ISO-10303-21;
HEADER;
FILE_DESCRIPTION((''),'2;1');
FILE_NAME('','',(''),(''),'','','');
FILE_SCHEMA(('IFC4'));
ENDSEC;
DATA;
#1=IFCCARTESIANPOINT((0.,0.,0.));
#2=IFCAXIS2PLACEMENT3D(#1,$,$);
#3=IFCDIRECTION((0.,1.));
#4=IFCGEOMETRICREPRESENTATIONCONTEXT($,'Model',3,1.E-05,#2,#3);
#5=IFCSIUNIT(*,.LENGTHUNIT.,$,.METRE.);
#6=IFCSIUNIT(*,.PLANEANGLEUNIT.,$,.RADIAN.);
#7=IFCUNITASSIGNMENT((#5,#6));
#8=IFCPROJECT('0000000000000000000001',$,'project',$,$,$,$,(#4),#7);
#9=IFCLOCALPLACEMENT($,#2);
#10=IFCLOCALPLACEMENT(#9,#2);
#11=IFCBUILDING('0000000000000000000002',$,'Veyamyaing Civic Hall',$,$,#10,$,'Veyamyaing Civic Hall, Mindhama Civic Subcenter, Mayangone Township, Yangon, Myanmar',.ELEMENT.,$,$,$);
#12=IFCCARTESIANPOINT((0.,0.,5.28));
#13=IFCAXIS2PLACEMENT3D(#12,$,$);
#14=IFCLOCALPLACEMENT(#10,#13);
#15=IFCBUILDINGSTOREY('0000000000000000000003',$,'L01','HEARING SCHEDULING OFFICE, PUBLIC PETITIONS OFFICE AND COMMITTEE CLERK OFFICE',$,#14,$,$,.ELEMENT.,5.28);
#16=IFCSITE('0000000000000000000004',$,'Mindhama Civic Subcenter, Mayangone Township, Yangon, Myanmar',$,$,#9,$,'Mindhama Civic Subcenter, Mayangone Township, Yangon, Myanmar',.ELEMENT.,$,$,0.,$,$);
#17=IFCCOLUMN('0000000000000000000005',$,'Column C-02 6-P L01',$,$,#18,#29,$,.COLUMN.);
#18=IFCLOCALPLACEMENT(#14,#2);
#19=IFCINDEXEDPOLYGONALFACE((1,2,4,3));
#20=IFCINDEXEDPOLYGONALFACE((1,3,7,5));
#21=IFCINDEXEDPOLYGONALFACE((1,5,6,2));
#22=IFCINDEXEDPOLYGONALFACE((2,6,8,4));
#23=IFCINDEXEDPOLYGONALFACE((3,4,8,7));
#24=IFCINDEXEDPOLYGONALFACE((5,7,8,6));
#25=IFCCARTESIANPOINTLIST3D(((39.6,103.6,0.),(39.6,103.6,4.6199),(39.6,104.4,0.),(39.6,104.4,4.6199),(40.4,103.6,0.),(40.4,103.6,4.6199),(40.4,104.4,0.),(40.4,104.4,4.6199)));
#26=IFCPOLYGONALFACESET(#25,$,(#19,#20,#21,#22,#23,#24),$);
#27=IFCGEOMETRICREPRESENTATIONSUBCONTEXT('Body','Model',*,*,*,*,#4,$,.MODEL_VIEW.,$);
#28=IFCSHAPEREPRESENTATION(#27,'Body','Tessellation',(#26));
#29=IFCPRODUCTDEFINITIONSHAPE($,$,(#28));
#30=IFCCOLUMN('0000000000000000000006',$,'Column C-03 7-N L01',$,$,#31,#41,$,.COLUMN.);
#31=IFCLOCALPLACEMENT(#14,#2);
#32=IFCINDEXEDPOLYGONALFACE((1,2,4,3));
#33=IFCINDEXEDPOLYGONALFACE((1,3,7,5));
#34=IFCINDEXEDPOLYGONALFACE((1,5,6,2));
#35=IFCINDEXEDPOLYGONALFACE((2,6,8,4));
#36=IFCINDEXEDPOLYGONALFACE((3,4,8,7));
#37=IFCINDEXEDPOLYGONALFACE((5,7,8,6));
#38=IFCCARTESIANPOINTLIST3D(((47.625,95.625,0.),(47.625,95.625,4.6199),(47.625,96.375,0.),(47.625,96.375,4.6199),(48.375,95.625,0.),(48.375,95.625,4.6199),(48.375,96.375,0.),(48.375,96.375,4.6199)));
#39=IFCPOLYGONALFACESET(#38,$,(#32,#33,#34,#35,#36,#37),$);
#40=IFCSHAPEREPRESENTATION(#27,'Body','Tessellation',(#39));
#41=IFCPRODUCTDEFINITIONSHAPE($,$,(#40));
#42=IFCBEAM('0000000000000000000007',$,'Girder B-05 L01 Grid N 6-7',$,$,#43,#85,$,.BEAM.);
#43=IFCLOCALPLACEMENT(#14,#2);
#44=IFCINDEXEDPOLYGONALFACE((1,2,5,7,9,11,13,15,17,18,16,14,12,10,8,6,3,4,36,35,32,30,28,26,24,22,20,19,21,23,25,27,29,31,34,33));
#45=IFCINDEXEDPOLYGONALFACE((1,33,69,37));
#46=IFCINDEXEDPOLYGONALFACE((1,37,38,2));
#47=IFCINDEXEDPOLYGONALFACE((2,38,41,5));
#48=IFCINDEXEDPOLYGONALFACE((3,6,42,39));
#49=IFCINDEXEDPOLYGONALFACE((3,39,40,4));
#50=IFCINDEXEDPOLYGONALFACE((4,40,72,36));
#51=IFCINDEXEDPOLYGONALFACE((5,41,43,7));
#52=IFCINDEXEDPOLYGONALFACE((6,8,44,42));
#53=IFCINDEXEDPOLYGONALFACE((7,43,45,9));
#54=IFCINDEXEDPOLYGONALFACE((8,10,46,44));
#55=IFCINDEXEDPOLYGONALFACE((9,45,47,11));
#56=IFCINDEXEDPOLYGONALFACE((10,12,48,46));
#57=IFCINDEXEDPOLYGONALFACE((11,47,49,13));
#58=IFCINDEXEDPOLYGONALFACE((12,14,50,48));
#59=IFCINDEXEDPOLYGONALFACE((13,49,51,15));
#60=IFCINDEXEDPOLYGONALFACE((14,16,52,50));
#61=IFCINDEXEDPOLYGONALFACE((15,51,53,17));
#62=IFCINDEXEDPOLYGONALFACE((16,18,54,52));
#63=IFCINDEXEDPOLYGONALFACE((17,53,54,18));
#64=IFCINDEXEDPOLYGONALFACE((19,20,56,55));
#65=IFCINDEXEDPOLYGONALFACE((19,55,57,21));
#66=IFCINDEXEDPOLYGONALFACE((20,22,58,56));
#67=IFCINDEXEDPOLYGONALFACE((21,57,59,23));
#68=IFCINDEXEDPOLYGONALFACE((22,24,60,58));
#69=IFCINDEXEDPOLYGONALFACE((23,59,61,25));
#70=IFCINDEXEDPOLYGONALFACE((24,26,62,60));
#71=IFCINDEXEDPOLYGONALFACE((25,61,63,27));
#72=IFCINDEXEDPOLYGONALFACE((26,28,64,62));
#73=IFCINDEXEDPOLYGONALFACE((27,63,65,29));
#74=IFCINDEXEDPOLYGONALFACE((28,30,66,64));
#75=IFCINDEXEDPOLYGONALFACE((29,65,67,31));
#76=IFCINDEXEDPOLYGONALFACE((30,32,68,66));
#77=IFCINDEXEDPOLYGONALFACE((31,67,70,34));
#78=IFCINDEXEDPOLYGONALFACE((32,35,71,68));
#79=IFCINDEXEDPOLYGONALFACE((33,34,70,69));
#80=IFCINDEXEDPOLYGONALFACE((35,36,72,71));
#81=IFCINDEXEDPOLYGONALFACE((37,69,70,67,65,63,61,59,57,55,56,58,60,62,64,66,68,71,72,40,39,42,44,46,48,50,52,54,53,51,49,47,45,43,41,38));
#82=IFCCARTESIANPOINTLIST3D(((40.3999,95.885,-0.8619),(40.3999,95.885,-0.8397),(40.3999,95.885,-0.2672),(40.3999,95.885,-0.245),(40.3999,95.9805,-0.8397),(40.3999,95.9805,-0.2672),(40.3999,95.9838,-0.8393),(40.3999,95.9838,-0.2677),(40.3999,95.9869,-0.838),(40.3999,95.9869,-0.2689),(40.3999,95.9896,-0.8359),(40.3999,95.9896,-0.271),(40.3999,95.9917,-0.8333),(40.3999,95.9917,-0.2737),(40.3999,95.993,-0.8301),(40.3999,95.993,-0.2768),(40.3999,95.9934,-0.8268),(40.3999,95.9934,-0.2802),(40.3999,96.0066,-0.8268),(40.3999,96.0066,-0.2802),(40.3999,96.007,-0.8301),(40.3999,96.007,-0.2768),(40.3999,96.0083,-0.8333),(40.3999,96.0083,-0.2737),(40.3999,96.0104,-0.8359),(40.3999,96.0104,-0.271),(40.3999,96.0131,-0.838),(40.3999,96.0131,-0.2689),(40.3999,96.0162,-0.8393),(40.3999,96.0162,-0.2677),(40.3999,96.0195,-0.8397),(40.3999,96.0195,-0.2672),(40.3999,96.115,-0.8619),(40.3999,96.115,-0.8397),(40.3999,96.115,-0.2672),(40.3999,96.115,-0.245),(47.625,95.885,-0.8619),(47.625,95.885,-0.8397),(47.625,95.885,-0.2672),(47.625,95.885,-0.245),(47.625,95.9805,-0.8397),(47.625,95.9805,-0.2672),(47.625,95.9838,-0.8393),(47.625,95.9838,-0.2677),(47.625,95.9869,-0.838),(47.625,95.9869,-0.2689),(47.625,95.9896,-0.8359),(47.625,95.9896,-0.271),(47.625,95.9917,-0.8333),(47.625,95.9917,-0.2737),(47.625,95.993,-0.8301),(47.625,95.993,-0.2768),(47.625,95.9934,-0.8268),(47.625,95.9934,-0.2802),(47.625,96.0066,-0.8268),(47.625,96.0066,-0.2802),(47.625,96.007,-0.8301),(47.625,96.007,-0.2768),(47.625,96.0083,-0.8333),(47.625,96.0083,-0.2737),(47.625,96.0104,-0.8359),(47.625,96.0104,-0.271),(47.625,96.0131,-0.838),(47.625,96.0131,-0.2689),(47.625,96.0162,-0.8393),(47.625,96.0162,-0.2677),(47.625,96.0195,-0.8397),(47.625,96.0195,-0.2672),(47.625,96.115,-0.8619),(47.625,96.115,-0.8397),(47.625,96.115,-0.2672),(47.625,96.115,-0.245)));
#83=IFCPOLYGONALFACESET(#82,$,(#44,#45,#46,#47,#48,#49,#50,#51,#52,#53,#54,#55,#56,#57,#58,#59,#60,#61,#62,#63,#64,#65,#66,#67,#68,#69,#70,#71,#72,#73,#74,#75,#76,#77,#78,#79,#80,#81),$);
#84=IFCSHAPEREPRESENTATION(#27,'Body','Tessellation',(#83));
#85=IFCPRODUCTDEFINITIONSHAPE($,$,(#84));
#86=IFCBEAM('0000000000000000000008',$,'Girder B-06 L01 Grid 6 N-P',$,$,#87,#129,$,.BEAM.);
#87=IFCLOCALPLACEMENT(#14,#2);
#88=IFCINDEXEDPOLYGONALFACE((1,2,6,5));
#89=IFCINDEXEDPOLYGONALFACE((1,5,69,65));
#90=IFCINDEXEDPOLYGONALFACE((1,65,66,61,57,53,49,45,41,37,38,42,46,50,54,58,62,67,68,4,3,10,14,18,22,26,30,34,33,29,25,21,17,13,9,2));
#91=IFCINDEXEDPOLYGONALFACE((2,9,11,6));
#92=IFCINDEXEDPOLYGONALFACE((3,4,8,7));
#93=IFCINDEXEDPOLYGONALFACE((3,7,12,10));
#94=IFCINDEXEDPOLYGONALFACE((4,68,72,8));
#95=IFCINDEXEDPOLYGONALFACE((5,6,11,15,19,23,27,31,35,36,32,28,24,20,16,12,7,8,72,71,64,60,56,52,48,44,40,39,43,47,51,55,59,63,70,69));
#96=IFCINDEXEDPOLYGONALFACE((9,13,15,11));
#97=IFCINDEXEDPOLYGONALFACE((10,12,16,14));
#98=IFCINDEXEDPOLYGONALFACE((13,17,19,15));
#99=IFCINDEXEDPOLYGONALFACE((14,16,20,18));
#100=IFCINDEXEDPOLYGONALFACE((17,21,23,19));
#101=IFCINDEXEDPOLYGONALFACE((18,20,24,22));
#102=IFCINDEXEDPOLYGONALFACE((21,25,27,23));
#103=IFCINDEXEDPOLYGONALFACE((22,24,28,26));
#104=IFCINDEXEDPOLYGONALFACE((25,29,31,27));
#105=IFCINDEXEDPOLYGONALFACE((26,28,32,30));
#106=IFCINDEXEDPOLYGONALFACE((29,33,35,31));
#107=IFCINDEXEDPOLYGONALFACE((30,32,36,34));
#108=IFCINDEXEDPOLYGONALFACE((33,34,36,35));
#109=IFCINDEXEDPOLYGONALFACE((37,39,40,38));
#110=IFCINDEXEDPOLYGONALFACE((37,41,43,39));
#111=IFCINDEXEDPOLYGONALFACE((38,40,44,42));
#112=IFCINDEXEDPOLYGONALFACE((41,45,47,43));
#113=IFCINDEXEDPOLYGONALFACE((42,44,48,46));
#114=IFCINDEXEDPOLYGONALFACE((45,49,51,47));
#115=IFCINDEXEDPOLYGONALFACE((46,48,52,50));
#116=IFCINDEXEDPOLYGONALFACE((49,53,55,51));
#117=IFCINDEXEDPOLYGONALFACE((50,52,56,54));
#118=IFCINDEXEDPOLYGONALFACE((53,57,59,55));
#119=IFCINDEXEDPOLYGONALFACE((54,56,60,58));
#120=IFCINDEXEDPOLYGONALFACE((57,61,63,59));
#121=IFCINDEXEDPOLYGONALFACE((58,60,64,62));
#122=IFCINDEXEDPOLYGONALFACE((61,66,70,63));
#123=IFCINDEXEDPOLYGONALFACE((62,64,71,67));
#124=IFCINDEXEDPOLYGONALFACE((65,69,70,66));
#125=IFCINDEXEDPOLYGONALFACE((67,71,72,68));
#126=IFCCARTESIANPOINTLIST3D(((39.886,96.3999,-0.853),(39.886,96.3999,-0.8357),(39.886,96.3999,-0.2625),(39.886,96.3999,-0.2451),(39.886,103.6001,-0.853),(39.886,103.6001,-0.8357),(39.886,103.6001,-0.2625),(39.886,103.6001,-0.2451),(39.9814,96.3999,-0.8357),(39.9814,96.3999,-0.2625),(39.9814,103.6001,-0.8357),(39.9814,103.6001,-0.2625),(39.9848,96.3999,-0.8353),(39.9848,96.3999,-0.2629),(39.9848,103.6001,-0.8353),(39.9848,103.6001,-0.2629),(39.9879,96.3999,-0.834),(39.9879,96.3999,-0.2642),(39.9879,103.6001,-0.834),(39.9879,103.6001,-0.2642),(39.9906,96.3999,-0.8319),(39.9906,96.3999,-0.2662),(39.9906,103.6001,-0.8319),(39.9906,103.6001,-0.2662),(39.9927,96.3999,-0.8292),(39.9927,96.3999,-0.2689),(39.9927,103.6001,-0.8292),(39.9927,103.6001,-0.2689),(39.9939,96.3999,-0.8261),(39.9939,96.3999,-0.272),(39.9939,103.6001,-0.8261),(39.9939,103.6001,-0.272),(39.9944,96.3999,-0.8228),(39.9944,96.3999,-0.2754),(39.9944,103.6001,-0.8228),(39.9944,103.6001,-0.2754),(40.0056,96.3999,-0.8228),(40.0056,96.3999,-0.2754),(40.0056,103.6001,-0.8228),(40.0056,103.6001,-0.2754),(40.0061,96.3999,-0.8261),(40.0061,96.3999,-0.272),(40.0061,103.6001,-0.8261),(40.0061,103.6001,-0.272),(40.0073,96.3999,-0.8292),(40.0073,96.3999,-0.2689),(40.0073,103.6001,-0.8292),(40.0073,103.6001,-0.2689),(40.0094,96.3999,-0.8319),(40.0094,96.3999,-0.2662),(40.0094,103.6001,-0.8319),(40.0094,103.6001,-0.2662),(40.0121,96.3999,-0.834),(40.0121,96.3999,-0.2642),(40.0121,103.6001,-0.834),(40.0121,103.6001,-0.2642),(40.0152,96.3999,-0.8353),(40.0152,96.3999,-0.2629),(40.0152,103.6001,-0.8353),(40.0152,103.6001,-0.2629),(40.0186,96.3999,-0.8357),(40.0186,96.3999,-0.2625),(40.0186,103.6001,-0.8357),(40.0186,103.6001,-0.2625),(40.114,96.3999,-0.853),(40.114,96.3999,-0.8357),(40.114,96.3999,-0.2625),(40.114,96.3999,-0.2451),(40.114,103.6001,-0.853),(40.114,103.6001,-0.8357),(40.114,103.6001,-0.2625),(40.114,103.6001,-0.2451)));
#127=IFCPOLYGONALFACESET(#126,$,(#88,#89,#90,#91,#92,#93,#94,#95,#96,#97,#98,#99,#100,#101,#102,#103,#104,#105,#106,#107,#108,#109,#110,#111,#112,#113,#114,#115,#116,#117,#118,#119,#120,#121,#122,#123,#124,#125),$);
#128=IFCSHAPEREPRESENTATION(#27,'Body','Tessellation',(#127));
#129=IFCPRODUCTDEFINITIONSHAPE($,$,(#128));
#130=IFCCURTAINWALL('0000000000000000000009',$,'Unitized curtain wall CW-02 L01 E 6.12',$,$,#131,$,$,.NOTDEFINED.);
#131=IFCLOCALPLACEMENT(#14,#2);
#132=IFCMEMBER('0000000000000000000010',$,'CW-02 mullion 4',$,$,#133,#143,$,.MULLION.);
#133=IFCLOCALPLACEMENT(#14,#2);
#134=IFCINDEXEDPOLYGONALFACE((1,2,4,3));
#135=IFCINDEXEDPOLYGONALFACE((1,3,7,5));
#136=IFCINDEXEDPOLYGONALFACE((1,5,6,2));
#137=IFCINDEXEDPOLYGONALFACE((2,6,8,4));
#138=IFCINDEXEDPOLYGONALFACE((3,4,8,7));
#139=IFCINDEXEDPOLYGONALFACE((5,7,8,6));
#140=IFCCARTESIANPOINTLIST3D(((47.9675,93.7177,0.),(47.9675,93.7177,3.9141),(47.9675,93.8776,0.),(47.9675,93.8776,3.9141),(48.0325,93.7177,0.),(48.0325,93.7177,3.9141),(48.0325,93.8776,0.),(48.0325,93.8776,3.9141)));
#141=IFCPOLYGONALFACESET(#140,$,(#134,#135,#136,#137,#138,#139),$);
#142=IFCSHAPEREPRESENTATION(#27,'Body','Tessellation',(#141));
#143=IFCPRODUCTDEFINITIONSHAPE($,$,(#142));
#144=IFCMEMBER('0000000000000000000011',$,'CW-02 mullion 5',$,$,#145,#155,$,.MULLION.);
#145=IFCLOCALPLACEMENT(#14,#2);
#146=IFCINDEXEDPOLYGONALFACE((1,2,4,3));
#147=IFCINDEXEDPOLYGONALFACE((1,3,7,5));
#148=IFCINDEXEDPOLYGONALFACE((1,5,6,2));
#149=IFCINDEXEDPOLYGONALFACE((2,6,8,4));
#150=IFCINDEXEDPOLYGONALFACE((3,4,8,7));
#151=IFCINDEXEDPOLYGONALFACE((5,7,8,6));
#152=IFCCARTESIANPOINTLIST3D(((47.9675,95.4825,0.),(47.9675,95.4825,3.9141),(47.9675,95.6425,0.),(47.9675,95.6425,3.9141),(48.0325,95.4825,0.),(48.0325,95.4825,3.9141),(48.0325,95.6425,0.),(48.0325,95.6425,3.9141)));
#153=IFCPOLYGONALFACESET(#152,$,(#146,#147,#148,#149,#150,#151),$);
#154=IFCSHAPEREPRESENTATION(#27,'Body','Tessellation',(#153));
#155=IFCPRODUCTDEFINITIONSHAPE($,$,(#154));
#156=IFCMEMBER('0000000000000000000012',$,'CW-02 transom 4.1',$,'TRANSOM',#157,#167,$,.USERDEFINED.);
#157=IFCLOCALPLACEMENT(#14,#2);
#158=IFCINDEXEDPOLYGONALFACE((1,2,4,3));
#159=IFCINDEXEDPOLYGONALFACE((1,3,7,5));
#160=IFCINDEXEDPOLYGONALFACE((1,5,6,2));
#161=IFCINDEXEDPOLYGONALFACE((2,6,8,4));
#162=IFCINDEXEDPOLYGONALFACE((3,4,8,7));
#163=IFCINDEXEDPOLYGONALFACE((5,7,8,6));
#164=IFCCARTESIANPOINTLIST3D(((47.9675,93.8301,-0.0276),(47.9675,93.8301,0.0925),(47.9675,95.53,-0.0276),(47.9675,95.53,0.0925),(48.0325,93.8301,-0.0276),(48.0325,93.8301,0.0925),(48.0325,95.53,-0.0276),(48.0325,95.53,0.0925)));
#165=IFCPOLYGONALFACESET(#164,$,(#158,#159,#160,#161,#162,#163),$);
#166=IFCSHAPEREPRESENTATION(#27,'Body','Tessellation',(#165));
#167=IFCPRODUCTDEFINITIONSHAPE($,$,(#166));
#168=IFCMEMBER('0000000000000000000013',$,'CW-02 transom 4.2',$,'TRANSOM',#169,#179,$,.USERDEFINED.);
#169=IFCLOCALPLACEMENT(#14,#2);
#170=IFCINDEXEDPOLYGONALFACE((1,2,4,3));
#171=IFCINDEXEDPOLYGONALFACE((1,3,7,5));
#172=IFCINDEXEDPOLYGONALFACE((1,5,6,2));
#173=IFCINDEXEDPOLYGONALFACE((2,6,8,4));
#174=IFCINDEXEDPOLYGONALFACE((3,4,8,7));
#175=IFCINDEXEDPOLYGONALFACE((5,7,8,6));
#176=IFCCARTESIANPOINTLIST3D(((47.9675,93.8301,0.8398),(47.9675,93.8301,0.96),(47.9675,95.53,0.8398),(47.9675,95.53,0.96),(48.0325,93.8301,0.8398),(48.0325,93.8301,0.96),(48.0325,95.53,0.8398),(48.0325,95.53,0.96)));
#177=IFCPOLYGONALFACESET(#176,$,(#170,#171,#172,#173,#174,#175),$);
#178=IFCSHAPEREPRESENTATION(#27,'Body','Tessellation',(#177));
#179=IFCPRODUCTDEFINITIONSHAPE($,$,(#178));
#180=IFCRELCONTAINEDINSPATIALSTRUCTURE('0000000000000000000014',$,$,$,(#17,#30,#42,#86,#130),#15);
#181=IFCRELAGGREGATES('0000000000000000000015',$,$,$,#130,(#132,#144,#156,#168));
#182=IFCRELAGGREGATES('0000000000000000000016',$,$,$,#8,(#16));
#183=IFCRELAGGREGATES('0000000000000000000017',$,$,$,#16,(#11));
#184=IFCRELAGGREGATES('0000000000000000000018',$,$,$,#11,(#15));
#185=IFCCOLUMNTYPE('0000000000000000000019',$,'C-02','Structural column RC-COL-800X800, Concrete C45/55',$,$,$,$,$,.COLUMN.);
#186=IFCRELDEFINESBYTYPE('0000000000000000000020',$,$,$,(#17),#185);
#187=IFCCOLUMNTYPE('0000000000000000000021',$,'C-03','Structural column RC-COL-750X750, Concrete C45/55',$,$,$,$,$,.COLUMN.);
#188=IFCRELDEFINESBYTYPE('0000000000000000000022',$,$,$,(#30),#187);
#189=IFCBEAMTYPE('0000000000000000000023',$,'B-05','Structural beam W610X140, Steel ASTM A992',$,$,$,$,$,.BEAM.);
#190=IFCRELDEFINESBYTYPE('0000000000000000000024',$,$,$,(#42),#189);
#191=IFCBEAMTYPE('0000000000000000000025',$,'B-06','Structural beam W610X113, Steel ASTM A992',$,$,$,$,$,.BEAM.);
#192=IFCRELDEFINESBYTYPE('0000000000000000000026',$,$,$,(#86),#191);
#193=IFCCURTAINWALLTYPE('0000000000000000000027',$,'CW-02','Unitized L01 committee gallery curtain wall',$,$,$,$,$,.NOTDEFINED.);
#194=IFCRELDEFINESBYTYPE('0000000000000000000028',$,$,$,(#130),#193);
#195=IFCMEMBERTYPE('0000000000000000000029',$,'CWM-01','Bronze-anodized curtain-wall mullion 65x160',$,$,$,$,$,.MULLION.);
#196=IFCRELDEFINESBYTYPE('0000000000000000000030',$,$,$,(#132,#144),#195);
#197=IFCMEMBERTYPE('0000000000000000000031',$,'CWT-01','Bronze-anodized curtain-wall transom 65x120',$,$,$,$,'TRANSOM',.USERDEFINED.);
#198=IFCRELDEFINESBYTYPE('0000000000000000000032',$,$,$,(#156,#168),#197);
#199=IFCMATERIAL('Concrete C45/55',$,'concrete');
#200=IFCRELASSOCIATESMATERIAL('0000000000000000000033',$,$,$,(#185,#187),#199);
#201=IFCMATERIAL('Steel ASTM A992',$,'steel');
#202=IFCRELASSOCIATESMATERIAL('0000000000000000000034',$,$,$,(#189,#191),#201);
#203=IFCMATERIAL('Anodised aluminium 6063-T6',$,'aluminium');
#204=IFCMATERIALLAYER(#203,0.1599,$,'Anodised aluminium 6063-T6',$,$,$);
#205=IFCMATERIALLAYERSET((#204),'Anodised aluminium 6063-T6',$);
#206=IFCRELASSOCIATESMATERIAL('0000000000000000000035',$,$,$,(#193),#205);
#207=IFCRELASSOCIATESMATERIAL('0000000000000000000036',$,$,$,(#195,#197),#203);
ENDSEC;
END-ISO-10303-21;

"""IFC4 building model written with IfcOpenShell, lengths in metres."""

from ifc_helpers import new_model, si_unit, direction, frame, origin, origin_2d, place, context, subcontext, project, spatial, rectangle, i_section, extrude, material, layer, layer_set, material_profile, profile_set, type_object, element, aggregate, save


model = new_model("IFC4")

# Units and contexts
model_context = context("Model", 3, precision=1e-05, world=origin(), true_north=direction((0.0, 1.0)))
body_context = subcontext(model_context, "Body", "Model", "MODEL_VIEW")
ifc_project = project(units=[si_unit("LENGTHUNIT", "METRE"), si_unit("PLANEANGLEUNIT", "RADIAN")], contexts=[model_context])

# Site, building, storey
site_placement = place(None, origin())
site = spatial("IfcSite", under=ifc_project, at=site_placement, Name="Mindhama Civic Subcenter, Mayangone Township, Yangon, Myanmar", LongName="Mindhama Civic Subcenter, Mayangone Township, Yangon, Myanmar", CompositionType="ELEMENT", RefElevation=0.0)
building_placement = place(site_placement, origin())
building = spatial("IfcBuilding", under=site, at=building_placement, Name="Veyamyaing Civic Hall", LongName="Veyamyaing Civic Hall, Mindhama Civic Subcenter, Mayangone Township, Yangon, Myanmar", CompositionType="ELEMENT")
storey_placement = place(building_placement, frame((0.0, 0.0, 5.28)))
storey = spatial("IfcBuildingStorey", under=building, at=storey_placement, Name="L01", Description="HEARING SCHEDULING OFFICE, PUBLIC PETITIONS OFFICE AND COMMITTEE CLERK OFFICE", CompositionType="ELEMENT", Elevation=5.28)

# Columns
ifc_material_1 = material(Name="Concrete C45/55", Category="concrete")
ifc_material_profile_1 = material_profile(ifc_material_1, rectangle(XDim=0.8, YDim=0.8, at=origin_2d()), Name="RC-COL-800X800")
ifc_profile_set_1 = profile_set([ifc_material_profile_1], Name="Concrete C45/55")
column_type_1 = type_object("IfcColumnType", Name="C-02", Description="Structural column RC-COL-800X800, Concrete C45/55", PredefinedType="COLUMN", material=ifc_profile_set_1)
column_1_placement = place(storey_placement, frame((40.0, 104.0, 0.0), z_axis=(0.0, 0.0, 1.0), x_axis=(1.0, 0.0, 0.0)))
element("IfcColumn", 1, at=column_1_placement, inside=storey, type_object=column_type_1, Name="Column C-02 6-P L01", PredefinedType="COLUMN", context=body_context, shape_type="SweptSolid", body=[
    extrude(rectangle(XDim=0.8, YDim=0.8, at=origin_2d()), origin(), (0.0, 0.0, 1.0), 4.6199),
])
ifc_material_profile_2 = material_profile(ifc_material_1, rectangle(XDim=0.75, YDim=0.75, at=origin_2d()), Name="RC-COL-750X750")
ifc_profile_set_2 = profile_set([ifc_material_profile_2], Name="Concrete C45/55")
column_type_2 = type_object("IfcColumnType", Name="C-03", Description="Structural column RC-COL-750X750, Concrete C45/55", PredefinedType="COLUMN", material=ifc_profile_set_2)
column_2_placement = place(storey_placement, frame((48.0, 96.0, 0.0), z_axis=(0.0, 0.0, 1.0), x_axis=(1.0, 0.0, 0.0)))
element("IfcColumn", 2, at=column_2_placement, inside=storey, type_object=column_type_2, Name="Column C-03 7-N L01", PredefinedType="COLUMN", context=body_context, shape_type="SweptSolid", body=[
    extrude(rectangle(XDim=0.75, YDim=0.75, at=origin_2d()), origin(), (0.0, 0.0, 1.0), 4.6199),
])

# Beams
ifc_material_2 = material(Name="Steel ASTM A992", Category="steel")
ifc_material_profile_3 = material_profile(ifc_material_2, i_section(OverallWidth=0.23, OverallDepth=0.6169, WebThickness=0.0132, FlangeThickness=0.0222, FilletRadius=0.0129, at=origin_2d()), Name="W610X140")
ifc_profile_set_3 = profile_set([ifc_material_profile_3], Name="Steel ASTM A992")
beam_type_1 = type_object("IfcBeamType", Name="B-05", Description="Structural beam W610X140, Steel ASTM A992", PredefinedType="BEAM", material=ifc_profile_set_3)
beam_1_placement = place(storey_placement, frame((40.3999, 96.0, -0.5535), z_axis=(1.0, 0.0, 0.0), x_axis=(0.0, 1.0, 0.0)))
element("IfcBeam", 3, at=beam_1_placement, inside=storey, type_object=beam_type_1, Name="Girder B-05 L01 Grid N 6-7", PredefinedType="BEAM", context=body_context, shape_type="SweptSolid", body=[
    extrude(i_section(OverallWidth=0.23, OverallDepth=0.6169, WebThickness=0.0132, FlangeThickness=0.0222, FilletRadius=0.0129, at=origin_2d()), origin(), (0.0, 0.0, 1.0), 7.2251),
])
ifc_material_profile_4 = material_profile(ifc_material_2, i_section(OverallWidth=0.228, OverallDepth=0.6079, WebThickness=0.0112, FlangeThickness=0.0173, FilletRadius=0.0129, at=origin_2d()), Name="W610X113")
ifc_profile_set_4 = profile_set([ifc_material_profile_4], Name="Steel ASTM A992")
beam_type_2 = type_object("IfcBeamType", Name="B-06", Description="Structural beam W610X113, Steel ASTM A992", PredefinedType="BEAM", material=ifc_profile_set_4)
beam_2_placement = place(storey_placement, frame((40.0, 96.3999, -0.5491), z_axis=(0.0, 1.0, 0.0), x_axis=(-1.0, 0.0, 0.0)))
element("IfcBeam", 4, at=beam_2_placement, inside=storey, type_object=beam_type_2, Name="Girder B-06 L01 Grid 6 N-P", PredefinedType="BEAM", context=body_context, shape_type="SweptSolid", body=[
    extrude(i_section(OverallWidth=0.228, OverallDepth=0.6079, WebThickness=0.0112, FlangeThickness=0.0173, FilletRadius=0.0129, at=origin_2d()), origin(), (0.0, 0.0, 1.0), 7.2002),
])

# Curtain wall, members
ifc_material_3 = material(Name="Anodised aluminium 6063-T6", Category="aluminium")
ifc_layer_1 = layer(ifc_material_3, 0.1599, Name="Anodised aluminium 6063-T6")
ifc_layer_set_1 = layer_set([ifc_layer_1], Name="Anodised aluminium 6063-T6")
curtain_wall_type = type_object("IfcCurtainWallType", Name="CW-02", Description="Unitized L01 committee gallery curtain wall", PredefinedType="NOTDEFINED", material=ifc_layer_set_1)
curtain_wall_placement = place(storey_placement, origin())
curtain_wall = element("IfcCurtainWall", 5, at=curtain_wall_placement, inside=storey, type_object=curtain_wall_type, Name="Unitized curtain wall CW-02 L01 E 6.12", PredefinedType="NOTDEFINED")
ifc_material_profile_5 = material_profile(ifc_material_3, rectangle(XDim=0.0649, YDim=0.1599, at=origin_2d()), Name="ALU-MUL-65X160")
ifc_profile_set_5 = profile_set([ifc_material_profile_5], Name="Anodised aluminium 6063-T6")
member_type_1 = type_object("IfcMemberType", Name="CWM-01", Description="Bronze-anodized curtain-wall mullion 65x160", PredefinedType="MULLION", material=ifc_profile_set_5)
member_1_placement = place(storey_placement, frame((48.0, 93.7976, 0.0), z_axis=(0.0, 0.0, 1.0), x_axis=(-1.0, 0.0, 0.0)))
member_1 = element("IfcMember", 6, at=member_1_placement, type_object=member_type_1, Name="CW-02 mullion 4", PredefinedType="MULLION", context=body_context, shape_type="SweptSolid", body=[
    extrude(rectangle(XDim=0.0649, YDim=0.1599, at=origin_2d()), origin(), (0.0, 0.0, 1.0), 3.9141),
])
member_2_placement = place(storey_placement, frame((48.0, 95.5625, 0.0), z_axis=(0.0, 0.0, 1.0), x_axis=(-1.0, 0.0, 0.0)))
member_2 = element("IfcMember", 7, at=member_2_placement, type_object=member_type_1, Name="CW-02 mullion 5", PredefinedType="MULLION", context=body_context, shape_type="SweptSolid", body=[
    extrude(rectangle(XDim=0.0649, YDim=0.1599, at=origin_2d()), origin(), (0.0, 0.0, 1.0), 3.9141),
])
ifc_material_profile_6 = material_profile(ifc_material_3, rectangle(XDim=0.0649, YDim=0.1201, at=origin_2d()), Name="ALU-TRN-65X120")
ifc_profile_set_6 = profile_set([ifc_material_profile_6], Name="Anodised aluminium 6063-T6")
member_type_2 = type_object("IfcMemberType", Name="CWT-01", Description="Bronze-anodized curtain-wall transom 65x120", ElementType="TRANSOM", PredefinedType="USERDEFINED", material=ifc_profile_set_6)
member_3_placement = place(storey_placement, frame((48.0, 93.8301, 0.0325), z_axis=(0.0, 1.0, 0.0), x_axis=(-1.0, 0.0, 0.0)))
member_3 = element("IfcMember", 8, at=member_3_placement, type_object=member_type_2, Name="CW-02 transom 4.1", ObjectType="TRANSOM", PredefinedType="USERDEFINED", context=body_context, shape_type="SweptSolid", body=[
    extrude(rectangle(XDim=0.0649, YDim=0.1201, at=origin_2d()), origin(), (0.0, 0.0, 1.0), 1.7),
])
member_4_placement = place(storey_placement, frame((48.0, 93.8301, 0.8999), z_axis=(0.0, 1.0, 0.0), x_axis=(-1.0, 0.0, 0.0)))
member_4 = element("IfcMember", 9, at=member_4_placement, type_object=member_type_2, Name="CW-02 transom 4.2", ObjectType="TRANSOM", PredefinedType="USERDEFINED", context=body_context, shape_type="SweptSolid", body=[
    extrude(rectangle(XDim=0.0649, YDim=0.1201, at=origin_2d()), origin(), (0.0, 0.0, 1.0), 1.7),
])

aggregate(curtain_wall, [member_1, member_2, member_3, member_4])

save(model, "model.ifc")
